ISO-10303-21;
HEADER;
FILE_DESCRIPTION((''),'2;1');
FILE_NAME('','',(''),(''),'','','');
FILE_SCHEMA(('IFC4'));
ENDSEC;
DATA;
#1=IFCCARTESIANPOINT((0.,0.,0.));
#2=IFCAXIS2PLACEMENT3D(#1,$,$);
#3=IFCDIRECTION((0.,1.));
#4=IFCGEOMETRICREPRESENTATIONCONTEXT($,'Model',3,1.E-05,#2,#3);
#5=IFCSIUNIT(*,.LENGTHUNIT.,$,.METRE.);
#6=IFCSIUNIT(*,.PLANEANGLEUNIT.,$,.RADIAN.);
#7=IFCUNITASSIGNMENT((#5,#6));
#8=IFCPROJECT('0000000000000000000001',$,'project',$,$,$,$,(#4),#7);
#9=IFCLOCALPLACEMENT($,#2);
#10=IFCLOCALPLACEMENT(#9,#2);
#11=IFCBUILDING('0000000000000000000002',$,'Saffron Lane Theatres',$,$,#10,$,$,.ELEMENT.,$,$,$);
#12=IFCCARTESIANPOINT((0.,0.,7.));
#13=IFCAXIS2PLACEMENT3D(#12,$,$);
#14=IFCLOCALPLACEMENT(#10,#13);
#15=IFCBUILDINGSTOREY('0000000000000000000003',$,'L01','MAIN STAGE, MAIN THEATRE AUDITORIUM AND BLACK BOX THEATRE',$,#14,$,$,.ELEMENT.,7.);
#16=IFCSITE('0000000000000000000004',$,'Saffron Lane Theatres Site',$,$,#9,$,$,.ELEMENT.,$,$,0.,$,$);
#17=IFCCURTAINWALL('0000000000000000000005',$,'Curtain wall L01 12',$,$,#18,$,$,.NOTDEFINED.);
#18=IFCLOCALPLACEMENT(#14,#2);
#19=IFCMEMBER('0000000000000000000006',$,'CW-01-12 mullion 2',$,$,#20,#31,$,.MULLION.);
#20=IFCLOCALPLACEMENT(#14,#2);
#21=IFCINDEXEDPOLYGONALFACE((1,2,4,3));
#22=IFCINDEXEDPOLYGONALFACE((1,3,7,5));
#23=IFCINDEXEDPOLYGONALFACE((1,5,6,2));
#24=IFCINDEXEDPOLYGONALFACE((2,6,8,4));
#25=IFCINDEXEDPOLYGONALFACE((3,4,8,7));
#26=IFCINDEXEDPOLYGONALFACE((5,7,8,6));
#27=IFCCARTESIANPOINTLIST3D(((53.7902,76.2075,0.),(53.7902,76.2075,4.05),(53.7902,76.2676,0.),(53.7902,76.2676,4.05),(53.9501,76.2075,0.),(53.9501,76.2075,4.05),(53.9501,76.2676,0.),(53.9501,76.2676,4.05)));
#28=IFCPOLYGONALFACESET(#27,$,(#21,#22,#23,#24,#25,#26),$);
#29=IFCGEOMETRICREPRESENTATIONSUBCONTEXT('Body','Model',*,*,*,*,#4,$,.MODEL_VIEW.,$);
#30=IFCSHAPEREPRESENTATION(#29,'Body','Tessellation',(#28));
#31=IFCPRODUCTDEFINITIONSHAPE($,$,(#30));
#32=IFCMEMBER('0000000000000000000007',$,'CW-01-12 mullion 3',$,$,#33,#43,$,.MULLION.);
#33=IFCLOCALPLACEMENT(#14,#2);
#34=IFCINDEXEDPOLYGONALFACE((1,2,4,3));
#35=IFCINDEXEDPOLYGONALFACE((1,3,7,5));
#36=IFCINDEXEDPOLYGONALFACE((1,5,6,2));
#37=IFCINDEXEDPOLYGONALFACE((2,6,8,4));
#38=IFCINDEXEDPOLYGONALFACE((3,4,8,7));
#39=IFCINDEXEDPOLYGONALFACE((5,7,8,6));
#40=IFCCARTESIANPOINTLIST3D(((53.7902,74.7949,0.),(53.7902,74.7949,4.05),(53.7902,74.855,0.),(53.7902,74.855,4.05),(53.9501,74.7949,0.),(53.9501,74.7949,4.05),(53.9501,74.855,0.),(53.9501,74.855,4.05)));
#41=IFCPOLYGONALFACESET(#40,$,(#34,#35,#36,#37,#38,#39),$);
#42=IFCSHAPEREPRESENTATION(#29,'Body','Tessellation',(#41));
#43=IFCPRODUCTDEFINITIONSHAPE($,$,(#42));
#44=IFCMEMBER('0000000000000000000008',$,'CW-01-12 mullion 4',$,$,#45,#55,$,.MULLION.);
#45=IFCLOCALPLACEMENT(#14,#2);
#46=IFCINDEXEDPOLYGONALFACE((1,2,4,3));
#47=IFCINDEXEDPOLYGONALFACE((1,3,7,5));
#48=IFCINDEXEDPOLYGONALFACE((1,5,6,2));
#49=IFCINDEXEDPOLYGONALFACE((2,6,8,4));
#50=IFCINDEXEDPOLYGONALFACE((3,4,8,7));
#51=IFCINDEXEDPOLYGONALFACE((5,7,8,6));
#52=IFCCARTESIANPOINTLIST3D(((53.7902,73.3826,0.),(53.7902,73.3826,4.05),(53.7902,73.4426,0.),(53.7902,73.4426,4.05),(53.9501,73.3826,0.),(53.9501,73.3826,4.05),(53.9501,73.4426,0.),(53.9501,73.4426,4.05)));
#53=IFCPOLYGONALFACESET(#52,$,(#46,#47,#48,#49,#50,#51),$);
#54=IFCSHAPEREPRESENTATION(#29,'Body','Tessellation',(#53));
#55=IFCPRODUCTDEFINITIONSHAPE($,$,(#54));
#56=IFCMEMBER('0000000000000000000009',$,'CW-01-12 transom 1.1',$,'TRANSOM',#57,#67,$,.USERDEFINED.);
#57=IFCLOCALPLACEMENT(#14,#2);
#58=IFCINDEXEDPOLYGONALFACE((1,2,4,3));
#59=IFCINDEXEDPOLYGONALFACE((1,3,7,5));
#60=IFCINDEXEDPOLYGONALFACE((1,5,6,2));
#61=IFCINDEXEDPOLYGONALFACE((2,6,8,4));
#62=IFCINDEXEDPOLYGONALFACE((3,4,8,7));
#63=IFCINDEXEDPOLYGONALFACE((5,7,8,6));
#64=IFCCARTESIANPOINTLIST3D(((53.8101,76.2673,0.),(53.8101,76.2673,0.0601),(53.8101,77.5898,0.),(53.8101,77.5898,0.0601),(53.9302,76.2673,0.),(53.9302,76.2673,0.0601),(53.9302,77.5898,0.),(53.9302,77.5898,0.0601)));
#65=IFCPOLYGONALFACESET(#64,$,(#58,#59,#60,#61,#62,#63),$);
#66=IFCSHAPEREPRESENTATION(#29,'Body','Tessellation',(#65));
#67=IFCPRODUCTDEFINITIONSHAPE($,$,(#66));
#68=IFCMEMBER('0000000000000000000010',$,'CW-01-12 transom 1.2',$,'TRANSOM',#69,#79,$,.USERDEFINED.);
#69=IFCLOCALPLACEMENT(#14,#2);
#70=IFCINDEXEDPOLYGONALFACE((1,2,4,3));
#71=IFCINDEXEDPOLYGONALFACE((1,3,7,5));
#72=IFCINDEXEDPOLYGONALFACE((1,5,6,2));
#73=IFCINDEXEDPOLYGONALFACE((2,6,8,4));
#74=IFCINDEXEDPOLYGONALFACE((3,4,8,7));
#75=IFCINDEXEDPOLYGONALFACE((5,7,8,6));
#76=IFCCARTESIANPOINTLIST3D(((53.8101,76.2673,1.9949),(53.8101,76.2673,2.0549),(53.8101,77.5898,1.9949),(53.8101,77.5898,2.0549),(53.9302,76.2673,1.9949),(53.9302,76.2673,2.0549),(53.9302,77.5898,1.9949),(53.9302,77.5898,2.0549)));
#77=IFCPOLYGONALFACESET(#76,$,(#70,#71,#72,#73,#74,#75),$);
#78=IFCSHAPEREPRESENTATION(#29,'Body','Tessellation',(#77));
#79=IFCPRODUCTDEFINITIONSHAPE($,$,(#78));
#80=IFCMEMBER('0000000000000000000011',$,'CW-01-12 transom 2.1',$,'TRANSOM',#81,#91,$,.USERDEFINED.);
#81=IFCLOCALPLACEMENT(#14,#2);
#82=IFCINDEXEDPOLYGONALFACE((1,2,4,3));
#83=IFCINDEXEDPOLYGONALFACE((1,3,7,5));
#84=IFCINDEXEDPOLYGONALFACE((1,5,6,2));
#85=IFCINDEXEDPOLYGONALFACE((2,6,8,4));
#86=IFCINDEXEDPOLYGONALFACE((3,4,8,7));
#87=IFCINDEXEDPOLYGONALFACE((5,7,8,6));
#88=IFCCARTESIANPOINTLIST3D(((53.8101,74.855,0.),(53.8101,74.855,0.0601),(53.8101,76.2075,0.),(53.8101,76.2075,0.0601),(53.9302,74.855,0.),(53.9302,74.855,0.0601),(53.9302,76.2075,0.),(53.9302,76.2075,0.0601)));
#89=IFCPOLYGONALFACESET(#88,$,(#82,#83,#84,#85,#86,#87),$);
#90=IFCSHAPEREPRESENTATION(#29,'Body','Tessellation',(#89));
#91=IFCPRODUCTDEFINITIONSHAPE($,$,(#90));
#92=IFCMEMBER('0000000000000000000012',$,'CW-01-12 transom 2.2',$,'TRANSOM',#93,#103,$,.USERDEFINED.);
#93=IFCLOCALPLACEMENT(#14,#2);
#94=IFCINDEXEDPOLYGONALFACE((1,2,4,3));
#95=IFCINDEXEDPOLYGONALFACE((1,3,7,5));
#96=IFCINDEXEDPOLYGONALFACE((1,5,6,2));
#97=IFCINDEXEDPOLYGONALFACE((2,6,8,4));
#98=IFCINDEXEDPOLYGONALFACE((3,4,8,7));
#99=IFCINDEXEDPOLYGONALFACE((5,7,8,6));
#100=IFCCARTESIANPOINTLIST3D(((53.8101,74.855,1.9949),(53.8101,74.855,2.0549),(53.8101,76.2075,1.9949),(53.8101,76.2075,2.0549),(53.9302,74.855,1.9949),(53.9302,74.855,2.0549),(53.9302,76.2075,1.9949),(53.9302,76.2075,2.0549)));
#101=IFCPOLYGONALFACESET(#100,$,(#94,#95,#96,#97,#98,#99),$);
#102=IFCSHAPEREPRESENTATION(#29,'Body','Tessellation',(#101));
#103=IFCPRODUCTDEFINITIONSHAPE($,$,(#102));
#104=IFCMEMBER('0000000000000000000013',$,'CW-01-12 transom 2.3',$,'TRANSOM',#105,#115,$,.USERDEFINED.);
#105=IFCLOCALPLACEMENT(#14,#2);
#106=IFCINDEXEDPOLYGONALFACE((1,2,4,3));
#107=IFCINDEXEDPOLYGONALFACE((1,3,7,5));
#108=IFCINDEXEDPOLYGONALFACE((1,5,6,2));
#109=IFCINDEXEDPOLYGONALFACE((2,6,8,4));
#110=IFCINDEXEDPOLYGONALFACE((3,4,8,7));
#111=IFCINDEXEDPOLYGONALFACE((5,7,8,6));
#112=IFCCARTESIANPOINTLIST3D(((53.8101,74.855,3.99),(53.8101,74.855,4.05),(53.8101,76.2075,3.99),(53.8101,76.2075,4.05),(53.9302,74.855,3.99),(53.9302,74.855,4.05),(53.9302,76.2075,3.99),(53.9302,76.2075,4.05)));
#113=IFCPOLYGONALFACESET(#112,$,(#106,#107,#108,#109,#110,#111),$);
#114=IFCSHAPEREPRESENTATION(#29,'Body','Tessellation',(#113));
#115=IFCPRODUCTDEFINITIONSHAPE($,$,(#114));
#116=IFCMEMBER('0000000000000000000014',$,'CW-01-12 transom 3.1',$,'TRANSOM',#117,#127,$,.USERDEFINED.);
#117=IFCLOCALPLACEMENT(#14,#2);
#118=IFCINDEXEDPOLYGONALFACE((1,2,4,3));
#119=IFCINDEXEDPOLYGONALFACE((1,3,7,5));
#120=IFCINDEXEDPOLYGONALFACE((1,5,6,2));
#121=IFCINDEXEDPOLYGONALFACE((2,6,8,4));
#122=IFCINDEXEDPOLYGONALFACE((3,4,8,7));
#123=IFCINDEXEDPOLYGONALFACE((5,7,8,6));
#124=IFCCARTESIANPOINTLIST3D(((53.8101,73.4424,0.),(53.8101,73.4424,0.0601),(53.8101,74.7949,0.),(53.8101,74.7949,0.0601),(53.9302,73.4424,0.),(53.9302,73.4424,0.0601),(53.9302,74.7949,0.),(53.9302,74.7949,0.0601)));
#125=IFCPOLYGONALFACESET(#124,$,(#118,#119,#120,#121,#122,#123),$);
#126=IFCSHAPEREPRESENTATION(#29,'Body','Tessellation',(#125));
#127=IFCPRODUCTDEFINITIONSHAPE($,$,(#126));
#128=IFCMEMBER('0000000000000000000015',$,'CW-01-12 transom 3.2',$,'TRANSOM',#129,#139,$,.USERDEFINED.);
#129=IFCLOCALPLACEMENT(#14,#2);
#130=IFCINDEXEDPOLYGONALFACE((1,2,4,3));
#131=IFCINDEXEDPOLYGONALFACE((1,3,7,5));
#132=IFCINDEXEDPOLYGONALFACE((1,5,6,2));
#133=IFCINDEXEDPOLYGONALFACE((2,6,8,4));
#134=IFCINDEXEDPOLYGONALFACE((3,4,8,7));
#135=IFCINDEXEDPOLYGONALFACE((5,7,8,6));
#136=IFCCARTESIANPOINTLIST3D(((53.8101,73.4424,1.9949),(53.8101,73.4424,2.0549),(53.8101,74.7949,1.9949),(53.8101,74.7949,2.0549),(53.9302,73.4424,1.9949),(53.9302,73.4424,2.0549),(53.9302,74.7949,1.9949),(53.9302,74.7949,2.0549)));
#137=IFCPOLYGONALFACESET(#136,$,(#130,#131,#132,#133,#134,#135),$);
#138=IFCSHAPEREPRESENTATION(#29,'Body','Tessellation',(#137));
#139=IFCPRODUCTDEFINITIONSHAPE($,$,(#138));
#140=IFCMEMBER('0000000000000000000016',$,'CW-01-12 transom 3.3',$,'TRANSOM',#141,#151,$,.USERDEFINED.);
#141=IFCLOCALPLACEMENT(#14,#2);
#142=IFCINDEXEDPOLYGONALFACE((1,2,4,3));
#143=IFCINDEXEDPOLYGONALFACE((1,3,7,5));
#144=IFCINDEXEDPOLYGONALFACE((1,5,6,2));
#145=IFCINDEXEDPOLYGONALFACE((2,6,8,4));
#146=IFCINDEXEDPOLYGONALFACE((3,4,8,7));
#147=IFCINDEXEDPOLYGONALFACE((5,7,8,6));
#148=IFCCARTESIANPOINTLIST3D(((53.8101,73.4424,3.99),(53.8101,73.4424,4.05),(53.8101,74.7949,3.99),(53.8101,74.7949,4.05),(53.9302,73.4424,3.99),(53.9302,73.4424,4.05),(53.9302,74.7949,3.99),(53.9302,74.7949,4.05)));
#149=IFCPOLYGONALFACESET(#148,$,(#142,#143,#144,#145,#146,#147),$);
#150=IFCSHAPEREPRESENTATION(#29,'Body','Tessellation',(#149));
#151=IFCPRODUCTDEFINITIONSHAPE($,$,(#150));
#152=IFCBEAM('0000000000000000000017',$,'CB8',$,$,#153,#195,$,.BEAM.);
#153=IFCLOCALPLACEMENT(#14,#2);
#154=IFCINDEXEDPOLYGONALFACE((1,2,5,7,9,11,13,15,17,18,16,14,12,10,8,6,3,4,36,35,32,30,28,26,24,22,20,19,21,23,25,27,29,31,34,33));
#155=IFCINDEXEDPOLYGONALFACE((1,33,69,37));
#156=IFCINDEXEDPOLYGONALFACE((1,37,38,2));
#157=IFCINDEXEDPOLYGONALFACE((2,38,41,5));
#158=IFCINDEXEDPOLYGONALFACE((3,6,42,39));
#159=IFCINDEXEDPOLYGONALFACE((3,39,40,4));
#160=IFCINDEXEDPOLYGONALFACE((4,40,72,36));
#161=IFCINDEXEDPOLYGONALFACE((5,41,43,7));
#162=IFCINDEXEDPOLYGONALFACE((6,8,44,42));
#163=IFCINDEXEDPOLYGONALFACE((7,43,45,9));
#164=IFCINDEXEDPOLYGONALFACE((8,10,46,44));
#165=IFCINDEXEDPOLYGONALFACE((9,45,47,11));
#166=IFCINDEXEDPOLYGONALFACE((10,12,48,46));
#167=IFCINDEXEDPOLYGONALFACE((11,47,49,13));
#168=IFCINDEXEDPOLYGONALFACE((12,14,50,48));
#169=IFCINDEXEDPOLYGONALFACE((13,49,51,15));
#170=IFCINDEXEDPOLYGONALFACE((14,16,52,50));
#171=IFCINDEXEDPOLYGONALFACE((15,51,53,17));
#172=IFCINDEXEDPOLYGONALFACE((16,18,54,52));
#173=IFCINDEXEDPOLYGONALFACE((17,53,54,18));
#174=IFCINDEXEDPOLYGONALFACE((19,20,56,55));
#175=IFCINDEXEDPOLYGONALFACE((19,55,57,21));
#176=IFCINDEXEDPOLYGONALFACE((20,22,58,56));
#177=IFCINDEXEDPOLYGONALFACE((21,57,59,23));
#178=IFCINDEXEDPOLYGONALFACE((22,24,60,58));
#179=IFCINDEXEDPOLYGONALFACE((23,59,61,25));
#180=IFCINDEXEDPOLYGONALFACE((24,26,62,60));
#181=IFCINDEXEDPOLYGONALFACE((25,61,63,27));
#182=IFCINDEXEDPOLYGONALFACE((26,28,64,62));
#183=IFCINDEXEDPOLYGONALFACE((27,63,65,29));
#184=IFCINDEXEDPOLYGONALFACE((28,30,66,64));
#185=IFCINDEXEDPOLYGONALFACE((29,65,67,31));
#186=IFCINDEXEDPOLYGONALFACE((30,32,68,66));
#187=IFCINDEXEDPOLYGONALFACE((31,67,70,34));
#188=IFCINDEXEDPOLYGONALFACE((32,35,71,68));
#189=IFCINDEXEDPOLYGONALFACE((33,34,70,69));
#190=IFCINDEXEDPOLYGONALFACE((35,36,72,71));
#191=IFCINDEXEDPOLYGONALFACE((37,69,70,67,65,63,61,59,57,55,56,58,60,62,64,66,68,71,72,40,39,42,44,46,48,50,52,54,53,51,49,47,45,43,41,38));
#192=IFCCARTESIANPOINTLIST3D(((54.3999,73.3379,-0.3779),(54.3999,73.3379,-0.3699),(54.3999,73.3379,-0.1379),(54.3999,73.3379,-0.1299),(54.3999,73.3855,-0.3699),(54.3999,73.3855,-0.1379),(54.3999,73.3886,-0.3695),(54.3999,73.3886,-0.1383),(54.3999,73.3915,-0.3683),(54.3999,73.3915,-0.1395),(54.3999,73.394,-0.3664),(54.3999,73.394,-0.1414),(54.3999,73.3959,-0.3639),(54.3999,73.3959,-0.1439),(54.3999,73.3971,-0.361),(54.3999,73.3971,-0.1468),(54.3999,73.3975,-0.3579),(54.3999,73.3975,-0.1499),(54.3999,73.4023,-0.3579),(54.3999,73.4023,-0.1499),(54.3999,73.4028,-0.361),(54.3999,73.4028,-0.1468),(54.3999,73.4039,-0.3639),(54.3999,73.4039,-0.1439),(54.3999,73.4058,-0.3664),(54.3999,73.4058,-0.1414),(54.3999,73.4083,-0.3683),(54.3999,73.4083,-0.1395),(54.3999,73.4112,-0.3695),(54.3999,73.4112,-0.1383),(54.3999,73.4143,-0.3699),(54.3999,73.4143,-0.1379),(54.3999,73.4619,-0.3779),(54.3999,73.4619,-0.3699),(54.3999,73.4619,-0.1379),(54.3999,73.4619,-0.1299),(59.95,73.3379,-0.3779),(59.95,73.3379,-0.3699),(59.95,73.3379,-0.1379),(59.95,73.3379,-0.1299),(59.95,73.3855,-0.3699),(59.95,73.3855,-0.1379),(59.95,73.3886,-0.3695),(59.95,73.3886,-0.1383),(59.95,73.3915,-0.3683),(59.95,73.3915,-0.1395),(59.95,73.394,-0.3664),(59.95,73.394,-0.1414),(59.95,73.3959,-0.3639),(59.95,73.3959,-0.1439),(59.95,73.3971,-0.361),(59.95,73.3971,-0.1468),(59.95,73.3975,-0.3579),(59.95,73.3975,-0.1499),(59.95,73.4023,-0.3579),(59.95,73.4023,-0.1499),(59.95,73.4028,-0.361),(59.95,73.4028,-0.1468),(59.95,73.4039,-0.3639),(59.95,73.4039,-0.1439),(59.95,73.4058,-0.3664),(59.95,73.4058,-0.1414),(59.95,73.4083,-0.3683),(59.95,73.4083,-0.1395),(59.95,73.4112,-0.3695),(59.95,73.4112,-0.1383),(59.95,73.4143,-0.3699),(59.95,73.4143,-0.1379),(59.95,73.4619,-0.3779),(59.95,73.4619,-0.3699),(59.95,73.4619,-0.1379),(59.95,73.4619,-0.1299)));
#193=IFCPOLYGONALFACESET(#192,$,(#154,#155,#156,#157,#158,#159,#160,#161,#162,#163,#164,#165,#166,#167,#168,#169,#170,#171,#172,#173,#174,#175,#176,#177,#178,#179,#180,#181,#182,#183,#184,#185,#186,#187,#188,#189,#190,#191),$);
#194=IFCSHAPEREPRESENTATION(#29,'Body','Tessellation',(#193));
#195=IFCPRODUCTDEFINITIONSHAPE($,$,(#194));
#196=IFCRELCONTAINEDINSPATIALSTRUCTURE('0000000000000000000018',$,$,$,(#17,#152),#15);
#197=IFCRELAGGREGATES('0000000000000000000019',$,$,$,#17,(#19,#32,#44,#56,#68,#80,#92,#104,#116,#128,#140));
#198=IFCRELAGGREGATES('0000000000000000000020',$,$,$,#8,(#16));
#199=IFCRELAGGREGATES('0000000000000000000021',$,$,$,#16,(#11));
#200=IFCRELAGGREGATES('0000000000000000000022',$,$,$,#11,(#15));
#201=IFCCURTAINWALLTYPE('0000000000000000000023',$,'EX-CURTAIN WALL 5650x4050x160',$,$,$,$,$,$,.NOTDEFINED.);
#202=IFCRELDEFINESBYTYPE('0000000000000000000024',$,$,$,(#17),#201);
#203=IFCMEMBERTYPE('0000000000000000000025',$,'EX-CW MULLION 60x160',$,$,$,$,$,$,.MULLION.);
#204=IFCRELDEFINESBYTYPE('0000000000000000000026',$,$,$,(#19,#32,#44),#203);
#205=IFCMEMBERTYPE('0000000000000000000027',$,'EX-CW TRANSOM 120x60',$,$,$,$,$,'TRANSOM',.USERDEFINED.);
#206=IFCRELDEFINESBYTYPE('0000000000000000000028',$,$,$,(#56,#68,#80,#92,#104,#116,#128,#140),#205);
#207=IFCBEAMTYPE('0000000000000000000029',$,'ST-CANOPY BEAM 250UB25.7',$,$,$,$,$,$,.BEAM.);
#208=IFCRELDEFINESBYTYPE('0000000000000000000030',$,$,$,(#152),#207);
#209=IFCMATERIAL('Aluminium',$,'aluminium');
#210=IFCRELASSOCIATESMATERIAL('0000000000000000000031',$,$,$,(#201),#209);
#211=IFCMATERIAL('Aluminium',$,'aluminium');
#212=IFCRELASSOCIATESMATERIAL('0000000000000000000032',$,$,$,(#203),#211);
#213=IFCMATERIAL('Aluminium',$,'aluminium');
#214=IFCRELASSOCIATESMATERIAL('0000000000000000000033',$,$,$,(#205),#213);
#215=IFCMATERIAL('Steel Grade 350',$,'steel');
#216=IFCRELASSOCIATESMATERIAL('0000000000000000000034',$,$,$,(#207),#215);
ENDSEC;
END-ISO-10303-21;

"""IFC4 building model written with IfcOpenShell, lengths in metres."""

from ifc_helpers import new_model, si_unit, direction, frame, origin, origin_2d, place, context, subcontext, project, spatial, rectangle, i_section, extrude, material, material_profile, profile_set, type_object, element, aggregate, save


model = new_model("IFC4")

# Units and contexts
model_context = context("Model", 3, precision=1e-05, world=origin(), true_north=direction((0.0, 1.0)))
body_context = subcontext(model_context, "Body", "Model", "MODEL_VIEW")
ifc_project = project(units=[si_unit("LENGTHUNIT", "METRE"), si_unit("PLANEANGLEUNIT", "RADIAN")], contexts=[model_context])

# Site, building, storey
site_placement = place(None, origin())
site = spatial("IfcSite", under=ifc_project, at=site_placement, Name="Saffron Lane Theatres Site", CompositionType="ELEMENT", RefElevation=0.0)
building_placement = place(site_placement, origin())
building = spatial("IfcBuilding", under=site, at=building_placement, Name="Saffron Lane Theatres", CompositionType="ELEMENT")
storey_placement = place(building_placement, frame((0.0, 0.0, 7.0)))
storey = spatial("IfcBuildingStorey", under=building, at=storey_placement, Name="L01", Description="MAIN STAGE, MAIN THEATRE AUDITORIUM AND BLACK BOX THEATRE", CompositionType="ELEMENT", Elevation=7.0)

# Curtain wall, members
ifc_material_1 = material(Name="Aluminium", Category="aluminium")
curtain_wall_type = type_object("IfcCurtainWallType", Name="EX-CURTAIN WALL 5650x4050x160", PredefinedType="NOTDEFINED", material=ifc_material_1)
curtain_wall_placement = place(storey_placement, origin())
curtain_wall = element("IfcCurtainWall", 1, at=curtain_wall_placement, inside=storey, type_object=curtain_wall_type, Name="Curtain wall L01 12", PredefinedType="NOTDEFINED")
ifc_material_2 = material(Name="Aluminium", Category="aluminium")
ifc_material_profile_1 = material_profile(ifc_material_2, rectangle(XDim=0.0601, YDim=0.1599, at=origin_2d()))
ifc_profile_set_1 = profile_set([ifc_material_profile_1], Name="Aluminium")
member_type_1 = type_object("IfcMemberType", Name="EX-CW MULLION 60x160", PredefinedType="MULLION", material=ifc_profile_set_1)
member_1_placement = place(storey_placement, frame((53.8701, 76.2375, 0.0), z_axis=(0.0, 0.0, 1.0), x_axis=(0.0, -1.0, 0.0)))
member_1 = element("IfcMember", 2, at=member_1_placement, type_object=member_type_1, Name="CW-01-12 mullion 2", PredefinedType="MULLION", context=body_context, shape_type="SweptSolid", body=[
    extrude(rectangle(XDim=0.0601, YDim=0.1599, at=origin_2d()), origin(), (0.0, 0.0, 1.0), 4.05),
])
member_2_placement = place(storey_placement, frame((53.8701, 74.825, 0.0), z_axis=(0.0, 0.0, 1.0), x_axis=(0.0, -1.0, 0.0)))
member_2 = element("IfcMember", 3, at=member_2_placement, type_object=member_type_1, Name="CW-01-12 mullion 3", PredefinedType="MULLION", context=body_context, shape_type="SweptSolid", body=[
    extrude(rectangle(XDim=0.0601, YDim=0.1599, at=origin_2d()), origin(), (0.0, 0.0, 1.0), 4.05),
])
member_3_placement = place(storey_placement, frame((53.8701, 73.4126, 0.0), z_axis=(0.0, 0.0, 1.0), x_axis=(0.0, -1.0, 0.0)))
member_3 = element("IfcMember", 4, at=member_3_placement, type_object=member_type_1, Name="CW-01-12 mullion 4", PredefinedType="MULLION", context=body_context, shape_type="SweptSolid", body=[
    extrude(rectangle(XDim=0.0601, YDim=0.1599, at=origin_2d()), origin(), (0.0, 0.0, 1.0), 4.05),
])
ifc_material_3 = material(Name="Aluminium", Category="aluminium")
ifc_material_profile_2 = material_profile(ifc_material_3, rectangle(XDim=0.1201, YDim=0.0601, at=origin_2d()))
ifc_profile_set_2 = profile_set([ifc_material_profile_2], Name="Aluminium")
member_type_2 = type_object("IfcMemberType", Name="EX-CW TRANSOM 120x60", ElementType="TRANSOM", PredefinedType="USERDEFINED", material=ifc_profile_set_2)
member_4_placement = place(storey_placement, frame((53.8701, 77.5898, 0.03), z_axis=(0.0, -1.0, 0.0), x_axis=(1.0, 0.0, 0.0)))
member_4 = element("IfcMember", 5, at=member_4_placement, type_object=member_type_2, Name="CW-01-12 transom 1.1", ObjectType="TRANSOM", PredefinedType="USERDEFINED", context=body_context, shape_type="SweptSolid", body=[
    extrude(rectangle(XDim=0.1201, YDim=0.0601, at=origin_2d()), origin(), (0.0, 0.0, 1.0), 1.3225),
])
member_5_placement = place(storey_placement, frame((53.8701, 77.5898, 2.0249), z_axis=(0.0, -1.0, 0.0), x_axis=(1.0, 0.0, 0.0)))
member_5 = element("IfcMember", 6, at=member_5_placement, type_object=member_type_2, Name="CW-01-12 transom 1.2", ObjectType="TRANSOM", PredefinedType="USERDEFINED", context=body_context, shape_type="SweptSolid", body=[
    extrude(rectangle(XDim=0.1201, YDim=0.0601, at=origin_2d()), origin(), (0.0, 0.0, 1.0), 1.3225),
])
member_6_placement = place(storey_placement, frame((53.8701, 76.2075, 0.03), z_axis=(0.0, -1.0, 0.0), x_axis=(1.0, 0.0, 0.0)))
member_6 = element("IfcMember", 7, at=member_6_placement, type_object=member_type_2, Name="CW-01-12 transom 2.1", ObjectType="TRANSOM", PredefinedType="USERDEFINED", context=body_context, shape_type="SweptSolid", body=[
    extrude(rectangle(XDim=0.1201, YDim=0.0601, at=origin_2d()), origin(), (0.0, 0.0, 1.0), 1.3525),
])
member_7_placement = place(storey_placement, frame((53.8701, 76.2075, 2.0249), z_axis=(0.0, -1.0, 0.0), x_axis=(1.0, 0.0, 0.0)))
member_7 = element("IfcMember", 8, at=member_7_placement, type_object=member_type_2, Name="CW-01-12 transom 2.2", ObjectType="TRANSOM", PredefinedType="USERDEFINED", context=body_context, shape_type="SweptSolid", body=[
    extrude(rectangle(XDim=0.1201, YDim=0.0601, at=origin_2d()), origin(), (0.0, 0.0, 1.0), 1.3525),
])
member_8_placement = place(storey_placement, frame((53.8701, 76.2075, 4.02), z_axis=(0.0, -1.0, 0.0), x_axis=(1.0, 0.0, 0.0)))
member_8 = element("IfcMember", 9, at=member_8_placement, type_object=member_type_2, Name="CW-01-12 transom 2.3", ObjectType="TRANSOM", PredefinedType="USERDEFINED", context=body_context, shape_type="SweptSolid", body=[
    extrude(rectangle(XDim=0.1201, YDim=0.0601, at=origin_2d()), origin(), (0.0, 0.0, 1.0), 1.3525),
])
member_9_placement = place(storey_placement, frame((53.8701, 74.7949, 0.03), z_axis=(0.0, -1.0, 0.0), x_axis=(1.0, 0.0, 0.0)))
member_9 = element("IfcMember", 10, at=member_9_placement, type_object=member_type_2, Name="CW-01-12 transom 3.1", ObjectType="TRANSOM", PredefinedType="USERDEFINED", context=body_context, shape_type="SweptSolid", body=[
    extrude(rectangle(XDim=0.1201, YDim=0.0601, at=origin_2d()), origin(), (0.0, 0.0, 1.0), 1.3525),
])
member_10_placement = place(storey_placement, frame((53.8701, 74.7949, 2.0249), z_axis=(0.0, -1.0, 0.0), x_axis=(1.0, 0.0, 0.0)))
member_10 = element("IfcMember", 11, at=member_10_placement, type_object=member_type_2, Name="CW-01-12 transom 3.2", ObjectType="TRANSOM", PredefinedType="USERDEFINED", context=body_context, shape_type="SweptSolid", body=[
    extrude(rectangle(XDim=0.1201, YDim=0.0601, at=origin_2d()), origin(), (0.0, 0.0, 1.0), 1.3525),
])
member_11_placement = place(storey_placement, frame((53.8701, 74.7949, 4.02), z_axis=(0.0, -1.0, 0.0), x_axis=(1.0, 0.0, 0.0)))
member_11 = element("IfcMember", 12, at=member_11_placement, type_object=member_type_2, Name="CW-01-12 transom 3.3", ObjectType="TRANSOM", PredefinedType="USERDEFINED", context=body_context, shape_type="SweptSolid", body=[
    extrude(rectangle(XDim=0.1201, YDim=0.0601, at=origin_2d()), origin(), (0.0, 0.0, 1.0), 1.3525),
])

# Beam
ifc_material_4 = material(Name="Steel Grade 350", Category="steel")
ifc_material_profile_3 = material_profile(ifc_material_4, i_section(OverallWidth=0.124, OverallDepth=0.248, WebThickness=0.0049, FlangeThickness=0.0081, FilletRadius=0.012, at=origin_2d()))
ifc_profile_set_3 = profile_set([ifc_material_profile_3], Name="Steel Grade 350")
beam_type_1 = type_object("IfcBeamType", Name="ST-CANOPY BEAM 250UB25.7", PredefinedType="BEAM", material=ifc_profile_set_3)
beam_1_placement = place(storey_placement, frame((54.3999, 73.3999, -0.2539), z_axis=(1.0, 0.0, 0.0), x_axis=(0.0, 1.0, 0.0)))
element("IfcBeam", 13, at=beam_1_placement, inside=storey, type_object=beam_type_1, Name="CB8", PredefinedType="BEAM", context=body_context, shape_type="SweptSolid", body=[
    extrude(i_section(OverallWidth=0.124, OverallDepth=0.248, WebThickness=0.0049, FlangeThickness=0.0081, FilletRadius=0.012, at=origin_2d()), origin(), (0.0, 0.0, 1.0), 5.55),
])

aggregate(curtain_wall, [member_1, member_2, member_3, member_4, member_5, member_6, member_7, member_8, member_9, member_10, member_11])

save(model, "model.ifc")
